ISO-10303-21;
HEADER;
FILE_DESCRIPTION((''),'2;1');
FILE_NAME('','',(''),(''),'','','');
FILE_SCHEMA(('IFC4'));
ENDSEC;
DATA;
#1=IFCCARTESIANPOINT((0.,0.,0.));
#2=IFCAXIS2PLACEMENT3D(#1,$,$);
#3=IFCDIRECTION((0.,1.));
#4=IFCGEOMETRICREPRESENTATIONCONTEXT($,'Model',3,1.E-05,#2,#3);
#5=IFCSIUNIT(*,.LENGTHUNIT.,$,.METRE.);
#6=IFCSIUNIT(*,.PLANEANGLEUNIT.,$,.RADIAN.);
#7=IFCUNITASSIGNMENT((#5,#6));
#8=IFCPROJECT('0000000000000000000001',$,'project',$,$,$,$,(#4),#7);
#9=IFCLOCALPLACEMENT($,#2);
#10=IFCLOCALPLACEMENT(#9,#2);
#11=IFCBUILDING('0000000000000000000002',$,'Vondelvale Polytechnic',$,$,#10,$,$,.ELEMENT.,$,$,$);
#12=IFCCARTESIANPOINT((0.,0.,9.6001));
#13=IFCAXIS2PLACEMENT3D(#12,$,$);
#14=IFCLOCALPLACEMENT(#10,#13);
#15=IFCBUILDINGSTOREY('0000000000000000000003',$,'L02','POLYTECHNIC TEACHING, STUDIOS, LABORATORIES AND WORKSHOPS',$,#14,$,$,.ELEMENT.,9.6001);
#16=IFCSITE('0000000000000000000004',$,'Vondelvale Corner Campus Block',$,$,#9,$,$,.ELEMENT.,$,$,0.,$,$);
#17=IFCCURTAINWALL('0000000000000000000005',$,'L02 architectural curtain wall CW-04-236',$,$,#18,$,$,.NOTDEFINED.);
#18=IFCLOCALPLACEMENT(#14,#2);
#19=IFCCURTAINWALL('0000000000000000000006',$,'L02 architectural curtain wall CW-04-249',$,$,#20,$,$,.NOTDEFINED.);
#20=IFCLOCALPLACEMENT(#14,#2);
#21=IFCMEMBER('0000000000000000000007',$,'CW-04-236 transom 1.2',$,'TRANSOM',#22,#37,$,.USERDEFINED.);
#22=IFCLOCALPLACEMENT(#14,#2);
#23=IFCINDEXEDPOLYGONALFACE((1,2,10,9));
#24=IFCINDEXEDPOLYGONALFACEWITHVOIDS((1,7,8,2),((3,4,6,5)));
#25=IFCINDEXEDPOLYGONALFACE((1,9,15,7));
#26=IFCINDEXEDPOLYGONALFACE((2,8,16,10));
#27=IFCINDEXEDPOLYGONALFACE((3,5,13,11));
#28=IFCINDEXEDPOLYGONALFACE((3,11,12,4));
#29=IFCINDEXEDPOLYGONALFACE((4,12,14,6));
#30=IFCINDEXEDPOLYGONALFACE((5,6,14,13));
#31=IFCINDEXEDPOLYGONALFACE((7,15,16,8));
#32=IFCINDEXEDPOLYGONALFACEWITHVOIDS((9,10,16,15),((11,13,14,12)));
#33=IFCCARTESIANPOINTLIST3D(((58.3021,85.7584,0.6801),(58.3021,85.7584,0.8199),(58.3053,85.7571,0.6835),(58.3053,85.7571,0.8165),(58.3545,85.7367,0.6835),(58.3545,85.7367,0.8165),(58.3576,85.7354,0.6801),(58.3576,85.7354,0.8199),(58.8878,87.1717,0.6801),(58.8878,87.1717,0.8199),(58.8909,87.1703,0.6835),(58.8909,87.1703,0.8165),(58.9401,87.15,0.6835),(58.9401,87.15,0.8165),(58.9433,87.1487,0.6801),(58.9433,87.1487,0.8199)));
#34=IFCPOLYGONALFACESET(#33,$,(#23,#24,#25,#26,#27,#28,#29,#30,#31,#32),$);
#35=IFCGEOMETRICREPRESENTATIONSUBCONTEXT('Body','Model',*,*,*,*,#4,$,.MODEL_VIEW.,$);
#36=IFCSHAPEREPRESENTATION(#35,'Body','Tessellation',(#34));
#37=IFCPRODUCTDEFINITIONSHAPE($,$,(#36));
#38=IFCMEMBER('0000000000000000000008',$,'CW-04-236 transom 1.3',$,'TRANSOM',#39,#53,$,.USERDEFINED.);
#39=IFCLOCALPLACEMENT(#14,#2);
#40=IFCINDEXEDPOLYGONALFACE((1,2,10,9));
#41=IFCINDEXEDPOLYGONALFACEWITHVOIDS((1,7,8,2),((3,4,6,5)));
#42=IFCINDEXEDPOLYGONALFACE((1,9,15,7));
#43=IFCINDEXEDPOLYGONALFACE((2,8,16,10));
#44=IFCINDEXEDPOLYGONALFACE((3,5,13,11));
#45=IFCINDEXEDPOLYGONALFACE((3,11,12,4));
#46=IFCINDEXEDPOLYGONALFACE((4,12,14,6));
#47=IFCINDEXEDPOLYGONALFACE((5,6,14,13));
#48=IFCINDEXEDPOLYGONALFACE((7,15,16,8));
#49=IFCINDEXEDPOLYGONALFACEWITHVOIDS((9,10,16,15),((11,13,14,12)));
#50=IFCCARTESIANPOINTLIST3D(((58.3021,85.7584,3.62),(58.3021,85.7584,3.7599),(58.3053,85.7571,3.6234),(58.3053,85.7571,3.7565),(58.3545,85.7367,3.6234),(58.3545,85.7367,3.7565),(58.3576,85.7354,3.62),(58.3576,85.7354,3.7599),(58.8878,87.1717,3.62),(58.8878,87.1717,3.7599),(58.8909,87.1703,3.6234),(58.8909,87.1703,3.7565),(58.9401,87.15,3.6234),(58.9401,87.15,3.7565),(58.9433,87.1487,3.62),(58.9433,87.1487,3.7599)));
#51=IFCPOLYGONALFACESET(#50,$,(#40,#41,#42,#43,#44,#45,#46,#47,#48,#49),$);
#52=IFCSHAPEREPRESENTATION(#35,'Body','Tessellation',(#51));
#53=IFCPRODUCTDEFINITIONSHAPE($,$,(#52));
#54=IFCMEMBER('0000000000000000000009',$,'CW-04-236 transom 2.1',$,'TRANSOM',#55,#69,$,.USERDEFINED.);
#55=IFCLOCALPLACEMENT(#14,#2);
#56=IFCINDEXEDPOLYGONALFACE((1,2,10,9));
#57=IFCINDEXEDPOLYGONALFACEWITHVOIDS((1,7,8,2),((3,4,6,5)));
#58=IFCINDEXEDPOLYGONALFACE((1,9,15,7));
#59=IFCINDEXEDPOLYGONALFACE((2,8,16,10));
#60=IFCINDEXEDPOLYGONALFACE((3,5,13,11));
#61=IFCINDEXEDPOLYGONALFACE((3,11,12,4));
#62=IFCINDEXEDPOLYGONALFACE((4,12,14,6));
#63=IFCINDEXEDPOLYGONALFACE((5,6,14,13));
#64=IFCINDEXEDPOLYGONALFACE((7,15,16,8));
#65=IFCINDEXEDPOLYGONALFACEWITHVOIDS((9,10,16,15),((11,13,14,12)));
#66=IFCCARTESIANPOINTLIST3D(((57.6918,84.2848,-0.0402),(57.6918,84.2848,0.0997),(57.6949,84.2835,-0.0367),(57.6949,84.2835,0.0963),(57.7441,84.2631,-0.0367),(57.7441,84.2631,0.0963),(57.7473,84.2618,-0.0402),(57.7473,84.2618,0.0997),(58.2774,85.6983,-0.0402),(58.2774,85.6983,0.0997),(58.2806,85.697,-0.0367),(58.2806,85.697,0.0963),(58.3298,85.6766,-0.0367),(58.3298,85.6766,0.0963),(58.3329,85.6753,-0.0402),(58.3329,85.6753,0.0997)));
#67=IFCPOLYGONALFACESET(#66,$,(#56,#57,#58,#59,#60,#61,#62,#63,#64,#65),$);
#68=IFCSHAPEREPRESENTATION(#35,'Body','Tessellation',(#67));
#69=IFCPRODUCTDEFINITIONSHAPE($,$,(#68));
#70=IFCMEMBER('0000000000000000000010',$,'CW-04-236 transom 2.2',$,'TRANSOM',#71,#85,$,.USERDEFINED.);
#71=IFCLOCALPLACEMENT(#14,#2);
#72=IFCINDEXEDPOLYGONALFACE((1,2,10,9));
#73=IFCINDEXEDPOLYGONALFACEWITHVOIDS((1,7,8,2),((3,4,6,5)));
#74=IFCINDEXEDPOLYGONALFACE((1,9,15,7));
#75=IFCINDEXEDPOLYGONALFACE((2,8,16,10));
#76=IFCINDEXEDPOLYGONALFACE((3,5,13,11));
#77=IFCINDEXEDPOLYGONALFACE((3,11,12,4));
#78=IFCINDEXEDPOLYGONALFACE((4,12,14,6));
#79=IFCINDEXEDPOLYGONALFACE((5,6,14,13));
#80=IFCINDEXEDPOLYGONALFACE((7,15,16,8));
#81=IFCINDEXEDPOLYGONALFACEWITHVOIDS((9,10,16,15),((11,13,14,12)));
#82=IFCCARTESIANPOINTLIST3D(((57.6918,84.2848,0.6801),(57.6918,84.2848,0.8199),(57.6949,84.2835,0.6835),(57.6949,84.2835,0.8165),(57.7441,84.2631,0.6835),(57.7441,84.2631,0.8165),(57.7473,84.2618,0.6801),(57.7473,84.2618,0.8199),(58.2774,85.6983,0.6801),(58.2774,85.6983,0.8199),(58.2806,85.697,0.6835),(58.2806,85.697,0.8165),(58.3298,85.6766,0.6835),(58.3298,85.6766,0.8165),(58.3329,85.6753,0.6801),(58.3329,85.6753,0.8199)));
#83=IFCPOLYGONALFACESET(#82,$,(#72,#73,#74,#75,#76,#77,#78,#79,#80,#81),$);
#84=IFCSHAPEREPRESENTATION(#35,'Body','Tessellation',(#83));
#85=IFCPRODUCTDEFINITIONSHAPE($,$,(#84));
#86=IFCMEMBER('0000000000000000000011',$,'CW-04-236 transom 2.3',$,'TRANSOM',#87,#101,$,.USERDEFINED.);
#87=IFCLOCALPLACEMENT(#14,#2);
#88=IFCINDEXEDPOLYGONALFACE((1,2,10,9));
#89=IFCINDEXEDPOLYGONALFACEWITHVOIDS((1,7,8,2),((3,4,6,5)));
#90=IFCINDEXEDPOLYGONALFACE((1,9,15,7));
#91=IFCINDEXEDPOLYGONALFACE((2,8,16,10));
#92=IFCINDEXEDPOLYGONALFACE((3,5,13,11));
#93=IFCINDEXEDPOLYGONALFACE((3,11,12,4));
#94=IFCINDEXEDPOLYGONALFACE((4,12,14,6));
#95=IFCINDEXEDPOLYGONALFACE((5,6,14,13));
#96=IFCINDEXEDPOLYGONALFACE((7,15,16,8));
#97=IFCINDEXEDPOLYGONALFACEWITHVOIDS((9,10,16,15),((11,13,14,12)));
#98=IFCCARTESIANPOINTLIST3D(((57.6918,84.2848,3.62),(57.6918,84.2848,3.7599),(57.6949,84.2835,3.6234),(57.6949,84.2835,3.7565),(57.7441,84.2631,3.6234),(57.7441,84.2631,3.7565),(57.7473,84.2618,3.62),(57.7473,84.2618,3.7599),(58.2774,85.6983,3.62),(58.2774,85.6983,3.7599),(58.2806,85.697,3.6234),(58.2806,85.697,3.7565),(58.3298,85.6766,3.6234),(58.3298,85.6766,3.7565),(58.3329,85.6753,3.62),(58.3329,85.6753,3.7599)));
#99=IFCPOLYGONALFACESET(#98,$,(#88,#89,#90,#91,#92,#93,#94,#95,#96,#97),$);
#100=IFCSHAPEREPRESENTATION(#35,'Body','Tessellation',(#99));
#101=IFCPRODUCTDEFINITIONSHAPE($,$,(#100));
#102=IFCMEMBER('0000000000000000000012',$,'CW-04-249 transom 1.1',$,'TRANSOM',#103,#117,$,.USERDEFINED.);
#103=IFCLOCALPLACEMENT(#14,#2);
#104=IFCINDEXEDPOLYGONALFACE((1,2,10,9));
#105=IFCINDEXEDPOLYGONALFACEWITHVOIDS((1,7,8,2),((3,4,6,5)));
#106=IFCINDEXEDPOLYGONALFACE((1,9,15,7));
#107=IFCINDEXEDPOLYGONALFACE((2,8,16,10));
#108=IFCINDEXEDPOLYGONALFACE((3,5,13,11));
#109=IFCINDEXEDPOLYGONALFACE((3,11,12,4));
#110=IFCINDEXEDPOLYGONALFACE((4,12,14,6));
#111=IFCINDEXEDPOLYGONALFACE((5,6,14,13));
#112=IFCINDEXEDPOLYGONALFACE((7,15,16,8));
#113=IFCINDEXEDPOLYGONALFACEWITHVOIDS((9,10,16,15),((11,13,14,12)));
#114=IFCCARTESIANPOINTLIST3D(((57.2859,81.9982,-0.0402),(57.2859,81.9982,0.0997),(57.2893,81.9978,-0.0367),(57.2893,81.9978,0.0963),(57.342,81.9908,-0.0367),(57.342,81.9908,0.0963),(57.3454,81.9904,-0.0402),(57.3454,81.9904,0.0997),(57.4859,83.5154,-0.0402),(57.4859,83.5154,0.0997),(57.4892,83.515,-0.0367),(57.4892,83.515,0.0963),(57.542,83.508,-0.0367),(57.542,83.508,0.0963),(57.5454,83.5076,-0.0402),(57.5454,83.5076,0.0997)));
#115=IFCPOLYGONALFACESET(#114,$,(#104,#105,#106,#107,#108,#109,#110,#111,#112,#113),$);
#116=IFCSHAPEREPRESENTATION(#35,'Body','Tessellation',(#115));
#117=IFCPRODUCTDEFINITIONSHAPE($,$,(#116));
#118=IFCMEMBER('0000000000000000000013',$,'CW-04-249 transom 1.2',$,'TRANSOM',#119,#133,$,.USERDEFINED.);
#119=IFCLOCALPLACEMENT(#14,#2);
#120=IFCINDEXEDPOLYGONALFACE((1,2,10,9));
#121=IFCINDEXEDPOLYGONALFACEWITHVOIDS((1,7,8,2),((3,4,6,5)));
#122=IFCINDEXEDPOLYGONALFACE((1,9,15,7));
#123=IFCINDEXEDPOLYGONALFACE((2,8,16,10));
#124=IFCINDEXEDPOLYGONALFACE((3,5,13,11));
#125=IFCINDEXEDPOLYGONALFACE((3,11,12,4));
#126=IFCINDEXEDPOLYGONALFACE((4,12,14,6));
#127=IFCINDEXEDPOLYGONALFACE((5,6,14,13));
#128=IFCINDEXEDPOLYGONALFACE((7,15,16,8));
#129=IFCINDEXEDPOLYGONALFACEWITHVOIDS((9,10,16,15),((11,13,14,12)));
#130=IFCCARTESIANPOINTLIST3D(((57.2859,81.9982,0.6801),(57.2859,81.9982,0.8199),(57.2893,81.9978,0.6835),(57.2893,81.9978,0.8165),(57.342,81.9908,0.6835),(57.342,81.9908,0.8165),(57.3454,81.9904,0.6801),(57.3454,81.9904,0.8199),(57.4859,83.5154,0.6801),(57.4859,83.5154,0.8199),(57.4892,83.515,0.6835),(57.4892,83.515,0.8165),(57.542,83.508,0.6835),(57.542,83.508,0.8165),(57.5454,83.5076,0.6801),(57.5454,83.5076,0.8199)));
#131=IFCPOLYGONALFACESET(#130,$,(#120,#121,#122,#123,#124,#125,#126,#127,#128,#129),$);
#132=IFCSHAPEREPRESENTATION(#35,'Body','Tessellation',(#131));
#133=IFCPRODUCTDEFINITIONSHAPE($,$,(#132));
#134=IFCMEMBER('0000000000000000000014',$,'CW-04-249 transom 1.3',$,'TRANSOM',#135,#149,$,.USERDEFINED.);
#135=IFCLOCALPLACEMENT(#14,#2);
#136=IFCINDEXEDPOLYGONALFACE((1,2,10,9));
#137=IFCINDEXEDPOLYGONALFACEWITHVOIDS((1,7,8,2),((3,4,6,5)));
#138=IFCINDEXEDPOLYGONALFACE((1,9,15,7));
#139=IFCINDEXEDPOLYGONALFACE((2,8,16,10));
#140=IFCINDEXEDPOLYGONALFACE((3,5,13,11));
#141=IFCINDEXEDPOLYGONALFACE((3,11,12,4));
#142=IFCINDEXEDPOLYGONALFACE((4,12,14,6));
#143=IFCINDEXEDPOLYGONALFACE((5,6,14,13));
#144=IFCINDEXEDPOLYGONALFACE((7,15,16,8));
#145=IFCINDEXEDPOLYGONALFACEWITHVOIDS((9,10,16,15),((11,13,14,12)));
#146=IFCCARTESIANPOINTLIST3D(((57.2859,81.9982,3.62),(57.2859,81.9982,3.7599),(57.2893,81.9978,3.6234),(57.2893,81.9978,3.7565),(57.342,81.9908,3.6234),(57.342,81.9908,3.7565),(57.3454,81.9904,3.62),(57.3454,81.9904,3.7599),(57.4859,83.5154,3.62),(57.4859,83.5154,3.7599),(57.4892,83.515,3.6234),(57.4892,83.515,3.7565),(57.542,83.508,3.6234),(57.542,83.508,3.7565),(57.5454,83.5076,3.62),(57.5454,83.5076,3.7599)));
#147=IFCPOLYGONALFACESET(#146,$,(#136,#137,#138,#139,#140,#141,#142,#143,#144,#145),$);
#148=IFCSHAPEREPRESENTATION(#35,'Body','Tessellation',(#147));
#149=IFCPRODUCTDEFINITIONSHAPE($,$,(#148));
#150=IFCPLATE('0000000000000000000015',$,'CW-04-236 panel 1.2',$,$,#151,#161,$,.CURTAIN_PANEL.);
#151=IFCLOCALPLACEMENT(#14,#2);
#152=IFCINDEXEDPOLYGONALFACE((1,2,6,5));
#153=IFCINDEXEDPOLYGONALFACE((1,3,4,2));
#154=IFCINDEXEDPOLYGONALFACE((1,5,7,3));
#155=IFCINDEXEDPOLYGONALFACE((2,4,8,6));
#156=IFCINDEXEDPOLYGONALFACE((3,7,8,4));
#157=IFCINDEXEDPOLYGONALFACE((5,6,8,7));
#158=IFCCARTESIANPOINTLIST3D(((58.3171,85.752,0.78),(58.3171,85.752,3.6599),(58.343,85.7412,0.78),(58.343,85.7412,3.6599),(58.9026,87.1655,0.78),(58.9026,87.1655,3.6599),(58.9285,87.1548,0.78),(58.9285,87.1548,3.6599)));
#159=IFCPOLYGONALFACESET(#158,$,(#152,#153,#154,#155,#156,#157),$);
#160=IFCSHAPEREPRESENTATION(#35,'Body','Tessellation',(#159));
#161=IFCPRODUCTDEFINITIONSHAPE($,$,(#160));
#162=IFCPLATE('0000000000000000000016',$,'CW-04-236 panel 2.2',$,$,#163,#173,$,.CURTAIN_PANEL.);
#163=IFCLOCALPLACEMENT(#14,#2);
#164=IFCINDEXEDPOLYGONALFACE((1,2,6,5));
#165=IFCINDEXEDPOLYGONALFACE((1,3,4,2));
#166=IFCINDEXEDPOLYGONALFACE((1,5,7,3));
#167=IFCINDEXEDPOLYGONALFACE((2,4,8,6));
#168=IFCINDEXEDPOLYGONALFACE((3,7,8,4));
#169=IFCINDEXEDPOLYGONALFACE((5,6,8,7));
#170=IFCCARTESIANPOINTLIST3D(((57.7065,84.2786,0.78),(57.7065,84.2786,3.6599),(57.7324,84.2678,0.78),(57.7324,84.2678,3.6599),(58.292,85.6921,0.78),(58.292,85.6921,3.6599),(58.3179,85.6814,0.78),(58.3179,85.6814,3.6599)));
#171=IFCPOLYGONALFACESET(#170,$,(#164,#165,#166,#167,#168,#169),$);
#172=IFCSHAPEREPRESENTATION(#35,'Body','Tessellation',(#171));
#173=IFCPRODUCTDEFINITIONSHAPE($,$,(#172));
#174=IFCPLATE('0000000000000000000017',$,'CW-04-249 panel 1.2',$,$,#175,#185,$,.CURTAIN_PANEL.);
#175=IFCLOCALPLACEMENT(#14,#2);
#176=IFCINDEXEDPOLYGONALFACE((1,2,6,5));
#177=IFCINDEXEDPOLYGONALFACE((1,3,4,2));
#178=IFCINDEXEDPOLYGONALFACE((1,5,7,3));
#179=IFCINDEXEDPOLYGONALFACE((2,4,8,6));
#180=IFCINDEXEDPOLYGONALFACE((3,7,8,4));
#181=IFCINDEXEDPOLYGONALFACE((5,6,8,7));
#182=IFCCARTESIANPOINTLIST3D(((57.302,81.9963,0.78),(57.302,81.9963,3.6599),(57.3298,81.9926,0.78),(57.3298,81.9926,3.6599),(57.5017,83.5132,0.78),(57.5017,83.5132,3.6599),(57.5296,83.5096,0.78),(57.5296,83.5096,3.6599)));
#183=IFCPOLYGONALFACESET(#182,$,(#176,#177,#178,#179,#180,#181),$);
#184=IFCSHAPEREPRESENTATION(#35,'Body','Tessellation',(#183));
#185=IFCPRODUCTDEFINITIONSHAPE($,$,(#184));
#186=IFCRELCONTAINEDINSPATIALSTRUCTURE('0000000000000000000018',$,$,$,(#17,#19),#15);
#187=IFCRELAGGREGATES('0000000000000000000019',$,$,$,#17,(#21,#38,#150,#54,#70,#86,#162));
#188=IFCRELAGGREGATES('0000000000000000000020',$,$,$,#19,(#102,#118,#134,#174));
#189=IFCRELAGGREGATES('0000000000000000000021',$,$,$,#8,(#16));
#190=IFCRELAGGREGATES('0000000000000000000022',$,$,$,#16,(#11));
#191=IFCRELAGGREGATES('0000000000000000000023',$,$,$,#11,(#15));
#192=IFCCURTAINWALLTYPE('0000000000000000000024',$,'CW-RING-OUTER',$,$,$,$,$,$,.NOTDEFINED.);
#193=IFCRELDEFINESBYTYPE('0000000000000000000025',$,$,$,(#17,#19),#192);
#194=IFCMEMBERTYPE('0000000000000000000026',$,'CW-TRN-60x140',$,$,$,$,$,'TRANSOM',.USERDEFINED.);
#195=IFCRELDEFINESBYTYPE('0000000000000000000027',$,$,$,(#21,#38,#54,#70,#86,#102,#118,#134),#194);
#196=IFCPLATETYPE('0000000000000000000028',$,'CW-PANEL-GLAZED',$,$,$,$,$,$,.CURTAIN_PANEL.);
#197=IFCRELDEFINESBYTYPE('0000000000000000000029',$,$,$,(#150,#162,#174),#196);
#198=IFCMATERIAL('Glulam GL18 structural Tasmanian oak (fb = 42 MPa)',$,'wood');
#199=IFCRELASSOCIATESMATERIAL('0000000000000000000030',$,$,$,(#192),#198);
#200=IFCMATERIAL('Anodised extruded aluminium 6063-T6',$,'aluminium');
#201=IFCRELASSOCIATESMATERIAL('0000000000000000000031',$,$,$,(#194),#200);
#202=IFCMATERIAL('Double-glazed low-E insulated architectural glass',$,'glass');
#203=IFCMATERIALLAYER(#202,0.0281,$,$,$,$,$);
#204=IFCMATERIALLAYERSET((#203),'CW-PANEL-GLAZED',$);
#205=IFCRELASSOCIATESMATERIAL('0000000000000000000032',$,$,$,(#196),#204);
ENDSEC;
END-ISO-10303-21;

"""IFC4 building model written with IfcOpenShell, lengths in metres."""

from ifc_helpers import new_model, si_unit, direction, frame, origin, origin_2d, place, context, subcontext, project, spatial, rectangle, hollow_rectangle, extrude, material, layer, layer_set, material_profile, profile_set, type_object, element, aggregate, save


model = new_model("IFC4")

# Units and contexts
model_context = context("Model", 3, precision=1e-05, world=origin(), true_north=direction((0.0, 1.0)))
body_context = subcontext(model_context, "Body", "Model", "MODEL_VIEW")
ifc_project = project(units=[si_unit("LENGTHUNIT", "METRE"), si_unit("PLANEANGLEUNIT", "RADIAN")], contexts=[model_context])

# Site, building, storey
site_placement = place(None, origin())
site = spatial("IfcSite", under=ifc_project, at=site_placement, Name="Vondelvale Corner Campus Block", CompositionType="ELEMENT", RefElevation=0.0)
building_placement = place(site_placement, origin())
building = spatial("IfcBuilding", under=site, at=building_placement, Name="Vondelvale Polytechnic", CompositionType="ELEMENT")
storey_placement = place(building_placement, frame((0.0, 0.0, 9.6001)))
storey = spatial("IfcBuildingStorey", under=building, at=storey_placement, Name="L02", Description="POLYTECHNIC TEACHING, STUDIOS, LABORATORIES AND WORKSHOPS", CompositionType="ELEMENT", Elevation=9.6001)

# Shared definitions
ifc_material_1 = material(Name="Glulam GL18 structural Tasmanian oak (fb = 42 MPa)", Category="wood")

# Curtain walls
curtain_wall_type = type_object("IfcCurtainWallType", Name="CW-RING-OUTER", PredefinedType="NOTDEFINED", material=ifc_material_1)
curtain_wall_1_placement = place(storey_placement, origin())
curtain_wall_1 = element("IfcCurtainWall", 1, at=curtain_wall_1_placement, inside=storey, type_object=curtain_wall_type, Name="L02 architectural curtain wall CW-04-236", PredefinedType="NOTDEFINED")
ifc_material_2 = material(Name="Anodised extruded aluminium 6063-T6", Category="aluminium")
curtain_wall_2_placement = place(storey_placement, origin())
curtain_wall_2 = element("IfcCurtainWall", 2, at=curtain_wall_2_placement, inside=storey, type_object=curtain_wall_type, Name="L02 architectural curtain wall CW-04-249", PredefinedType="NOTDEFINED")

# Members
ifc_material_profile_1 = material_profile(ifc_material_2, hollow_rectangle(XDim=0.0601, YDim=0.1399, WallThickness=0.0034, at=origin_2d()), Name="CW-TRN-140x60")
ifc_profile_set_1 = profile_set([ifc_material_profile_1], Name="Anodised extruded aluminium 6063-T6")
member_type_1 = type_object("IfcMemberType", Name="CW-TRN-60x140", ElementType="TRANSOM", PredefinedType="USERDEFINED", material=ifc_profile_set_1)
member_1_placement = place(storey_placement, frame((58.9155, 87.1602, 0.75), z_axis=(-0.382836, -0.923816, 0.0), x_axis=(0.923816, -0.382836, 0.0)))
member_1 = element("IfcMember", 3, at=member_1_placement, type_object=member_type_1, Name="CW-04-236 transom 1.2", ObjectType="TRANSOM", PredefinedType="USERDEFINED", context=body_context, shape_type="SweptSolid", body=[
    extrude(hollow_rectangle(XDim=0.0601, YDim=0.1399, WallThickness=0.0034, at=origin_2d()), origin(), (0.0, 0.0, 1.0), 1.5298),
])
member_2_placement = place(storey_placement, frame((58.9155, 87.1602, 3.6899), z_axis=(-0.382836, -0.923816, 0.0), x_axis=(0.923816, -0.382836, 0.0)))
member_2 = element("IfcMember", 4, at=member_2_placement, type_object=member_type_1, Name="CW-04-236 transom 1.3", ObjectType="TRANSOM", PredefinedType="USERDEFINED", context=body_context, shape_type="SweptSolid", body=[
    extrude(hollow_rectangle(XDim=0.0601, YDim=0.1399, WallThickness=0.0034, at=origin_2d()), origin(), (0.0, 0.0, 1.0), 1.5298),
])
member_3_placement = place(storey_placement, frame((58.3052, 85.6868, 0.0298), z_axis=(-0.382779, -0.92384, 0.0), x_axis=(0.92384, -0.382779, 0.0)))
member_3 = element("IfcMember", 5, at=member_3_placement, type_object=member_type_1, Name="CW-04-236 transom 2.1", ObjectType="TRANSOM", PredefinedType="USERDEFINED", context=body_context, shape_type="SweptSolid", body=[
    extrude(hollow_rectangle(XDim=0.0601, YDim=0.1399, WallThickness=0.0034, at=origin_2d()), origin(), (0.0, 0.0, 1.0), 1.53),
])
member_4_placement = place(storey_placement, frame((58.3052, 85.6868, 0.75), z_axis=(-0.382779, -0.92384, 0.0), x_axis=(0.92384, -0.382779, 0.0)))
member_4 = element("IfcMember", 6, at=member_4_placement, type_object=member_type_1, Name="CW-04-236 transom 2.2", ObjectType="TRANSOM", PredefinedType="USERDEFINED", context=body_context, shape_type="SweptSolid", body=[
    extrude(hollow_rectangle(XDim=0.0601, YDim=0.1399, WallThickness=0.0034, at=origin_2d()), origin(), (0.0, 0.0, 1.0), 1.53),
])
member_5_placement = place(storey_placement, frame((58.3052, 85.6868, 3.6899), z_axis=(-0.382779, -0.92384, 0.0), x_axis=(0.92384, -0.382779, 0.0)))
member_5 = element("IfcMember", 7, at=member_5_placement, type_object=member_type_1, Name="CW-04-236 transom 2.3", ObjectType="TRANSOM", PredefinedType="USERDEFINED", context=body_context, shape_type="SweptSolid", body=[
    extrude(hollow_rectangle(XDim=0.0601, YDim=0.1399, WallThickness=0.0034, at=origin_2d()), origin(), (0.0, 0.0, 1.0), 1.53),
])
member_6_placement = place(storey_placement, frame((57.5156, 83.5115, 0.0298), z_axis=(-0.130669, -0.991426, 0.0), x_axis=(0.991426, -0.130669, 0.0)))
member_6 = element("IfcMember", 8, at=member_6_placement, type_object=member_type_1, Name="CW-04-249 transom 1.1", ObjectType="TRANSOM", PredefinedType="USERDEFINED", context=body_context, shape_type="SweptSolid", body=[
    extrude(hollow_rectangle(XDim=0.0601, YDim=0.1399, WallThickness=0.0034, at=origin_2d()), origin(), (0.0, 0.0, 1.0), 1.5303),
])
member_7_placement = place(storey_placement, frame((57.5156, 83.5115, 0.75), z_axis=(-0.130669, -0.991426, 0.0), x_axis=(0.991426, -0.130669, 0.0)))
member_7 = element("IfcMember", 9, at=member_7_placement, type_object=member_type_1, Name="CW-04-249 transom 1.2", ObjectType="TRANSOM", PredefinedType="USERDEFINED", context=body_context, shape_type="SweptSolid", body=[
    extrude(hollow_rectangle(XDim=0.0601, YDim=0.1399, WallThickness=0.0034, at=origin_2d()), origin(), (0.0, 0.0, 1.0), 1.5303),
])
member_8_placement = place(storey_placement, frame((57.5156, 83.5115, 3.6899), z_axis=(-0.130669, -0.991426, 0.0), x_axis=(0.991426, -0.130669, 0.0)))
member_8 = element("IfcMember", 10, at=member_8_placement, type_object=member_type_1, Name="CW-04-249 transom 1.3", ObjectType="TRANSOM", PredefinedType="USERDEFINED", context=body_context, shape_type="SweptSolid", body=[
    extrude(hollow_rectangle(XDim=0.0601, YDim=0.1399, WallThickness=0.0034, at=origin_2d()), origin(), (0.0, 0.0, 1.0), 1.5303),
])

# Plates
ifc_material_3 = material(Name="Double-glazed low-E insulated architectural glass", Category="glass")
ifc_layer_1 = layer(ifc_material_3, 0.0281)
ifc_layer_set_1 = layer_set([ifc_layer_1], Name="CW-PANEL-GLAZED")
plate_type_1 = type_object("IfcPlateType", Name="CW-PANEL-GLAZED", PredefinedType="CURTAIN_PANEL", material=ifc_layer_set_1)
plate_1_placement = place(storey_placement, frame((58.6228, 86.4534, 0.78), z_axis=(0.0, 0.0, 1.0), x_axis=(-0.382677, -0.923882, 0.0)))
plate_1 = element("IfcPlate", 11, at=plate_1_placement, type_object=plate_type_1, Name="CW-04-236 panel 1.2", PredefinedType="CURTAIN_PANEL", context=body_context, shape_type="SweptSolid", body=[
    extrude(rectangle(XDim=1.53, YDim=0.0281, at=origin_2d()), origin(), (0.0, 0.0, 1.0), 2.8799),
])
plate_2_placement = place(storey_placement, frame((58.0122, 84.98, 0.78), z_axis=(0.0, 0.0, 1.0), x_axis=(-0.382677, -0.923882, 0.0)))
plate_2 = element("IfcPlate", 12, at=plate_2_placement, type_object=plate_type_1, Name="CW-04-236 panel 2.2", PredefinedType="CURTAIN_PANEL", context=body_context, shape_type="SweptSolid", body=[
    extrude(rectangle(XDim=1.53, YDim=0.0281, at=origin_2d()), origin(), (0.0, 0.0, 1.0), 2.8799),
])
plate_3_placement = place(storey_placement, frame((57.4158, 82.7529, 0.78), z_axis=(0.0, 0.0, 1.0), x_axis=(-0.13054, -0.991443, 0.0)))
plate_3 = element("IfcPlate", 13, at=plate_3_placement, type_object=plate_type_1, Name="CW-04-249 panel 1.2", PredefinedType="CURTAIN_PANEL", context=body_context, shape_type="SweptSolid", body=[
    extrude(rectangle(XDim=1.53, YDim=0.0281, at=origin_2d()), origin(), (0.0, 0.0, 1.0), 2.8799),
])
aggregate(curtain_wall_1, [member_1, member_2, plate_1, member_3, member_4, member_5, plate_2])
aggregate(curtain_wall_2, [member_6, member_7, member_8, plate_3])

save(model, "model.ifc")
